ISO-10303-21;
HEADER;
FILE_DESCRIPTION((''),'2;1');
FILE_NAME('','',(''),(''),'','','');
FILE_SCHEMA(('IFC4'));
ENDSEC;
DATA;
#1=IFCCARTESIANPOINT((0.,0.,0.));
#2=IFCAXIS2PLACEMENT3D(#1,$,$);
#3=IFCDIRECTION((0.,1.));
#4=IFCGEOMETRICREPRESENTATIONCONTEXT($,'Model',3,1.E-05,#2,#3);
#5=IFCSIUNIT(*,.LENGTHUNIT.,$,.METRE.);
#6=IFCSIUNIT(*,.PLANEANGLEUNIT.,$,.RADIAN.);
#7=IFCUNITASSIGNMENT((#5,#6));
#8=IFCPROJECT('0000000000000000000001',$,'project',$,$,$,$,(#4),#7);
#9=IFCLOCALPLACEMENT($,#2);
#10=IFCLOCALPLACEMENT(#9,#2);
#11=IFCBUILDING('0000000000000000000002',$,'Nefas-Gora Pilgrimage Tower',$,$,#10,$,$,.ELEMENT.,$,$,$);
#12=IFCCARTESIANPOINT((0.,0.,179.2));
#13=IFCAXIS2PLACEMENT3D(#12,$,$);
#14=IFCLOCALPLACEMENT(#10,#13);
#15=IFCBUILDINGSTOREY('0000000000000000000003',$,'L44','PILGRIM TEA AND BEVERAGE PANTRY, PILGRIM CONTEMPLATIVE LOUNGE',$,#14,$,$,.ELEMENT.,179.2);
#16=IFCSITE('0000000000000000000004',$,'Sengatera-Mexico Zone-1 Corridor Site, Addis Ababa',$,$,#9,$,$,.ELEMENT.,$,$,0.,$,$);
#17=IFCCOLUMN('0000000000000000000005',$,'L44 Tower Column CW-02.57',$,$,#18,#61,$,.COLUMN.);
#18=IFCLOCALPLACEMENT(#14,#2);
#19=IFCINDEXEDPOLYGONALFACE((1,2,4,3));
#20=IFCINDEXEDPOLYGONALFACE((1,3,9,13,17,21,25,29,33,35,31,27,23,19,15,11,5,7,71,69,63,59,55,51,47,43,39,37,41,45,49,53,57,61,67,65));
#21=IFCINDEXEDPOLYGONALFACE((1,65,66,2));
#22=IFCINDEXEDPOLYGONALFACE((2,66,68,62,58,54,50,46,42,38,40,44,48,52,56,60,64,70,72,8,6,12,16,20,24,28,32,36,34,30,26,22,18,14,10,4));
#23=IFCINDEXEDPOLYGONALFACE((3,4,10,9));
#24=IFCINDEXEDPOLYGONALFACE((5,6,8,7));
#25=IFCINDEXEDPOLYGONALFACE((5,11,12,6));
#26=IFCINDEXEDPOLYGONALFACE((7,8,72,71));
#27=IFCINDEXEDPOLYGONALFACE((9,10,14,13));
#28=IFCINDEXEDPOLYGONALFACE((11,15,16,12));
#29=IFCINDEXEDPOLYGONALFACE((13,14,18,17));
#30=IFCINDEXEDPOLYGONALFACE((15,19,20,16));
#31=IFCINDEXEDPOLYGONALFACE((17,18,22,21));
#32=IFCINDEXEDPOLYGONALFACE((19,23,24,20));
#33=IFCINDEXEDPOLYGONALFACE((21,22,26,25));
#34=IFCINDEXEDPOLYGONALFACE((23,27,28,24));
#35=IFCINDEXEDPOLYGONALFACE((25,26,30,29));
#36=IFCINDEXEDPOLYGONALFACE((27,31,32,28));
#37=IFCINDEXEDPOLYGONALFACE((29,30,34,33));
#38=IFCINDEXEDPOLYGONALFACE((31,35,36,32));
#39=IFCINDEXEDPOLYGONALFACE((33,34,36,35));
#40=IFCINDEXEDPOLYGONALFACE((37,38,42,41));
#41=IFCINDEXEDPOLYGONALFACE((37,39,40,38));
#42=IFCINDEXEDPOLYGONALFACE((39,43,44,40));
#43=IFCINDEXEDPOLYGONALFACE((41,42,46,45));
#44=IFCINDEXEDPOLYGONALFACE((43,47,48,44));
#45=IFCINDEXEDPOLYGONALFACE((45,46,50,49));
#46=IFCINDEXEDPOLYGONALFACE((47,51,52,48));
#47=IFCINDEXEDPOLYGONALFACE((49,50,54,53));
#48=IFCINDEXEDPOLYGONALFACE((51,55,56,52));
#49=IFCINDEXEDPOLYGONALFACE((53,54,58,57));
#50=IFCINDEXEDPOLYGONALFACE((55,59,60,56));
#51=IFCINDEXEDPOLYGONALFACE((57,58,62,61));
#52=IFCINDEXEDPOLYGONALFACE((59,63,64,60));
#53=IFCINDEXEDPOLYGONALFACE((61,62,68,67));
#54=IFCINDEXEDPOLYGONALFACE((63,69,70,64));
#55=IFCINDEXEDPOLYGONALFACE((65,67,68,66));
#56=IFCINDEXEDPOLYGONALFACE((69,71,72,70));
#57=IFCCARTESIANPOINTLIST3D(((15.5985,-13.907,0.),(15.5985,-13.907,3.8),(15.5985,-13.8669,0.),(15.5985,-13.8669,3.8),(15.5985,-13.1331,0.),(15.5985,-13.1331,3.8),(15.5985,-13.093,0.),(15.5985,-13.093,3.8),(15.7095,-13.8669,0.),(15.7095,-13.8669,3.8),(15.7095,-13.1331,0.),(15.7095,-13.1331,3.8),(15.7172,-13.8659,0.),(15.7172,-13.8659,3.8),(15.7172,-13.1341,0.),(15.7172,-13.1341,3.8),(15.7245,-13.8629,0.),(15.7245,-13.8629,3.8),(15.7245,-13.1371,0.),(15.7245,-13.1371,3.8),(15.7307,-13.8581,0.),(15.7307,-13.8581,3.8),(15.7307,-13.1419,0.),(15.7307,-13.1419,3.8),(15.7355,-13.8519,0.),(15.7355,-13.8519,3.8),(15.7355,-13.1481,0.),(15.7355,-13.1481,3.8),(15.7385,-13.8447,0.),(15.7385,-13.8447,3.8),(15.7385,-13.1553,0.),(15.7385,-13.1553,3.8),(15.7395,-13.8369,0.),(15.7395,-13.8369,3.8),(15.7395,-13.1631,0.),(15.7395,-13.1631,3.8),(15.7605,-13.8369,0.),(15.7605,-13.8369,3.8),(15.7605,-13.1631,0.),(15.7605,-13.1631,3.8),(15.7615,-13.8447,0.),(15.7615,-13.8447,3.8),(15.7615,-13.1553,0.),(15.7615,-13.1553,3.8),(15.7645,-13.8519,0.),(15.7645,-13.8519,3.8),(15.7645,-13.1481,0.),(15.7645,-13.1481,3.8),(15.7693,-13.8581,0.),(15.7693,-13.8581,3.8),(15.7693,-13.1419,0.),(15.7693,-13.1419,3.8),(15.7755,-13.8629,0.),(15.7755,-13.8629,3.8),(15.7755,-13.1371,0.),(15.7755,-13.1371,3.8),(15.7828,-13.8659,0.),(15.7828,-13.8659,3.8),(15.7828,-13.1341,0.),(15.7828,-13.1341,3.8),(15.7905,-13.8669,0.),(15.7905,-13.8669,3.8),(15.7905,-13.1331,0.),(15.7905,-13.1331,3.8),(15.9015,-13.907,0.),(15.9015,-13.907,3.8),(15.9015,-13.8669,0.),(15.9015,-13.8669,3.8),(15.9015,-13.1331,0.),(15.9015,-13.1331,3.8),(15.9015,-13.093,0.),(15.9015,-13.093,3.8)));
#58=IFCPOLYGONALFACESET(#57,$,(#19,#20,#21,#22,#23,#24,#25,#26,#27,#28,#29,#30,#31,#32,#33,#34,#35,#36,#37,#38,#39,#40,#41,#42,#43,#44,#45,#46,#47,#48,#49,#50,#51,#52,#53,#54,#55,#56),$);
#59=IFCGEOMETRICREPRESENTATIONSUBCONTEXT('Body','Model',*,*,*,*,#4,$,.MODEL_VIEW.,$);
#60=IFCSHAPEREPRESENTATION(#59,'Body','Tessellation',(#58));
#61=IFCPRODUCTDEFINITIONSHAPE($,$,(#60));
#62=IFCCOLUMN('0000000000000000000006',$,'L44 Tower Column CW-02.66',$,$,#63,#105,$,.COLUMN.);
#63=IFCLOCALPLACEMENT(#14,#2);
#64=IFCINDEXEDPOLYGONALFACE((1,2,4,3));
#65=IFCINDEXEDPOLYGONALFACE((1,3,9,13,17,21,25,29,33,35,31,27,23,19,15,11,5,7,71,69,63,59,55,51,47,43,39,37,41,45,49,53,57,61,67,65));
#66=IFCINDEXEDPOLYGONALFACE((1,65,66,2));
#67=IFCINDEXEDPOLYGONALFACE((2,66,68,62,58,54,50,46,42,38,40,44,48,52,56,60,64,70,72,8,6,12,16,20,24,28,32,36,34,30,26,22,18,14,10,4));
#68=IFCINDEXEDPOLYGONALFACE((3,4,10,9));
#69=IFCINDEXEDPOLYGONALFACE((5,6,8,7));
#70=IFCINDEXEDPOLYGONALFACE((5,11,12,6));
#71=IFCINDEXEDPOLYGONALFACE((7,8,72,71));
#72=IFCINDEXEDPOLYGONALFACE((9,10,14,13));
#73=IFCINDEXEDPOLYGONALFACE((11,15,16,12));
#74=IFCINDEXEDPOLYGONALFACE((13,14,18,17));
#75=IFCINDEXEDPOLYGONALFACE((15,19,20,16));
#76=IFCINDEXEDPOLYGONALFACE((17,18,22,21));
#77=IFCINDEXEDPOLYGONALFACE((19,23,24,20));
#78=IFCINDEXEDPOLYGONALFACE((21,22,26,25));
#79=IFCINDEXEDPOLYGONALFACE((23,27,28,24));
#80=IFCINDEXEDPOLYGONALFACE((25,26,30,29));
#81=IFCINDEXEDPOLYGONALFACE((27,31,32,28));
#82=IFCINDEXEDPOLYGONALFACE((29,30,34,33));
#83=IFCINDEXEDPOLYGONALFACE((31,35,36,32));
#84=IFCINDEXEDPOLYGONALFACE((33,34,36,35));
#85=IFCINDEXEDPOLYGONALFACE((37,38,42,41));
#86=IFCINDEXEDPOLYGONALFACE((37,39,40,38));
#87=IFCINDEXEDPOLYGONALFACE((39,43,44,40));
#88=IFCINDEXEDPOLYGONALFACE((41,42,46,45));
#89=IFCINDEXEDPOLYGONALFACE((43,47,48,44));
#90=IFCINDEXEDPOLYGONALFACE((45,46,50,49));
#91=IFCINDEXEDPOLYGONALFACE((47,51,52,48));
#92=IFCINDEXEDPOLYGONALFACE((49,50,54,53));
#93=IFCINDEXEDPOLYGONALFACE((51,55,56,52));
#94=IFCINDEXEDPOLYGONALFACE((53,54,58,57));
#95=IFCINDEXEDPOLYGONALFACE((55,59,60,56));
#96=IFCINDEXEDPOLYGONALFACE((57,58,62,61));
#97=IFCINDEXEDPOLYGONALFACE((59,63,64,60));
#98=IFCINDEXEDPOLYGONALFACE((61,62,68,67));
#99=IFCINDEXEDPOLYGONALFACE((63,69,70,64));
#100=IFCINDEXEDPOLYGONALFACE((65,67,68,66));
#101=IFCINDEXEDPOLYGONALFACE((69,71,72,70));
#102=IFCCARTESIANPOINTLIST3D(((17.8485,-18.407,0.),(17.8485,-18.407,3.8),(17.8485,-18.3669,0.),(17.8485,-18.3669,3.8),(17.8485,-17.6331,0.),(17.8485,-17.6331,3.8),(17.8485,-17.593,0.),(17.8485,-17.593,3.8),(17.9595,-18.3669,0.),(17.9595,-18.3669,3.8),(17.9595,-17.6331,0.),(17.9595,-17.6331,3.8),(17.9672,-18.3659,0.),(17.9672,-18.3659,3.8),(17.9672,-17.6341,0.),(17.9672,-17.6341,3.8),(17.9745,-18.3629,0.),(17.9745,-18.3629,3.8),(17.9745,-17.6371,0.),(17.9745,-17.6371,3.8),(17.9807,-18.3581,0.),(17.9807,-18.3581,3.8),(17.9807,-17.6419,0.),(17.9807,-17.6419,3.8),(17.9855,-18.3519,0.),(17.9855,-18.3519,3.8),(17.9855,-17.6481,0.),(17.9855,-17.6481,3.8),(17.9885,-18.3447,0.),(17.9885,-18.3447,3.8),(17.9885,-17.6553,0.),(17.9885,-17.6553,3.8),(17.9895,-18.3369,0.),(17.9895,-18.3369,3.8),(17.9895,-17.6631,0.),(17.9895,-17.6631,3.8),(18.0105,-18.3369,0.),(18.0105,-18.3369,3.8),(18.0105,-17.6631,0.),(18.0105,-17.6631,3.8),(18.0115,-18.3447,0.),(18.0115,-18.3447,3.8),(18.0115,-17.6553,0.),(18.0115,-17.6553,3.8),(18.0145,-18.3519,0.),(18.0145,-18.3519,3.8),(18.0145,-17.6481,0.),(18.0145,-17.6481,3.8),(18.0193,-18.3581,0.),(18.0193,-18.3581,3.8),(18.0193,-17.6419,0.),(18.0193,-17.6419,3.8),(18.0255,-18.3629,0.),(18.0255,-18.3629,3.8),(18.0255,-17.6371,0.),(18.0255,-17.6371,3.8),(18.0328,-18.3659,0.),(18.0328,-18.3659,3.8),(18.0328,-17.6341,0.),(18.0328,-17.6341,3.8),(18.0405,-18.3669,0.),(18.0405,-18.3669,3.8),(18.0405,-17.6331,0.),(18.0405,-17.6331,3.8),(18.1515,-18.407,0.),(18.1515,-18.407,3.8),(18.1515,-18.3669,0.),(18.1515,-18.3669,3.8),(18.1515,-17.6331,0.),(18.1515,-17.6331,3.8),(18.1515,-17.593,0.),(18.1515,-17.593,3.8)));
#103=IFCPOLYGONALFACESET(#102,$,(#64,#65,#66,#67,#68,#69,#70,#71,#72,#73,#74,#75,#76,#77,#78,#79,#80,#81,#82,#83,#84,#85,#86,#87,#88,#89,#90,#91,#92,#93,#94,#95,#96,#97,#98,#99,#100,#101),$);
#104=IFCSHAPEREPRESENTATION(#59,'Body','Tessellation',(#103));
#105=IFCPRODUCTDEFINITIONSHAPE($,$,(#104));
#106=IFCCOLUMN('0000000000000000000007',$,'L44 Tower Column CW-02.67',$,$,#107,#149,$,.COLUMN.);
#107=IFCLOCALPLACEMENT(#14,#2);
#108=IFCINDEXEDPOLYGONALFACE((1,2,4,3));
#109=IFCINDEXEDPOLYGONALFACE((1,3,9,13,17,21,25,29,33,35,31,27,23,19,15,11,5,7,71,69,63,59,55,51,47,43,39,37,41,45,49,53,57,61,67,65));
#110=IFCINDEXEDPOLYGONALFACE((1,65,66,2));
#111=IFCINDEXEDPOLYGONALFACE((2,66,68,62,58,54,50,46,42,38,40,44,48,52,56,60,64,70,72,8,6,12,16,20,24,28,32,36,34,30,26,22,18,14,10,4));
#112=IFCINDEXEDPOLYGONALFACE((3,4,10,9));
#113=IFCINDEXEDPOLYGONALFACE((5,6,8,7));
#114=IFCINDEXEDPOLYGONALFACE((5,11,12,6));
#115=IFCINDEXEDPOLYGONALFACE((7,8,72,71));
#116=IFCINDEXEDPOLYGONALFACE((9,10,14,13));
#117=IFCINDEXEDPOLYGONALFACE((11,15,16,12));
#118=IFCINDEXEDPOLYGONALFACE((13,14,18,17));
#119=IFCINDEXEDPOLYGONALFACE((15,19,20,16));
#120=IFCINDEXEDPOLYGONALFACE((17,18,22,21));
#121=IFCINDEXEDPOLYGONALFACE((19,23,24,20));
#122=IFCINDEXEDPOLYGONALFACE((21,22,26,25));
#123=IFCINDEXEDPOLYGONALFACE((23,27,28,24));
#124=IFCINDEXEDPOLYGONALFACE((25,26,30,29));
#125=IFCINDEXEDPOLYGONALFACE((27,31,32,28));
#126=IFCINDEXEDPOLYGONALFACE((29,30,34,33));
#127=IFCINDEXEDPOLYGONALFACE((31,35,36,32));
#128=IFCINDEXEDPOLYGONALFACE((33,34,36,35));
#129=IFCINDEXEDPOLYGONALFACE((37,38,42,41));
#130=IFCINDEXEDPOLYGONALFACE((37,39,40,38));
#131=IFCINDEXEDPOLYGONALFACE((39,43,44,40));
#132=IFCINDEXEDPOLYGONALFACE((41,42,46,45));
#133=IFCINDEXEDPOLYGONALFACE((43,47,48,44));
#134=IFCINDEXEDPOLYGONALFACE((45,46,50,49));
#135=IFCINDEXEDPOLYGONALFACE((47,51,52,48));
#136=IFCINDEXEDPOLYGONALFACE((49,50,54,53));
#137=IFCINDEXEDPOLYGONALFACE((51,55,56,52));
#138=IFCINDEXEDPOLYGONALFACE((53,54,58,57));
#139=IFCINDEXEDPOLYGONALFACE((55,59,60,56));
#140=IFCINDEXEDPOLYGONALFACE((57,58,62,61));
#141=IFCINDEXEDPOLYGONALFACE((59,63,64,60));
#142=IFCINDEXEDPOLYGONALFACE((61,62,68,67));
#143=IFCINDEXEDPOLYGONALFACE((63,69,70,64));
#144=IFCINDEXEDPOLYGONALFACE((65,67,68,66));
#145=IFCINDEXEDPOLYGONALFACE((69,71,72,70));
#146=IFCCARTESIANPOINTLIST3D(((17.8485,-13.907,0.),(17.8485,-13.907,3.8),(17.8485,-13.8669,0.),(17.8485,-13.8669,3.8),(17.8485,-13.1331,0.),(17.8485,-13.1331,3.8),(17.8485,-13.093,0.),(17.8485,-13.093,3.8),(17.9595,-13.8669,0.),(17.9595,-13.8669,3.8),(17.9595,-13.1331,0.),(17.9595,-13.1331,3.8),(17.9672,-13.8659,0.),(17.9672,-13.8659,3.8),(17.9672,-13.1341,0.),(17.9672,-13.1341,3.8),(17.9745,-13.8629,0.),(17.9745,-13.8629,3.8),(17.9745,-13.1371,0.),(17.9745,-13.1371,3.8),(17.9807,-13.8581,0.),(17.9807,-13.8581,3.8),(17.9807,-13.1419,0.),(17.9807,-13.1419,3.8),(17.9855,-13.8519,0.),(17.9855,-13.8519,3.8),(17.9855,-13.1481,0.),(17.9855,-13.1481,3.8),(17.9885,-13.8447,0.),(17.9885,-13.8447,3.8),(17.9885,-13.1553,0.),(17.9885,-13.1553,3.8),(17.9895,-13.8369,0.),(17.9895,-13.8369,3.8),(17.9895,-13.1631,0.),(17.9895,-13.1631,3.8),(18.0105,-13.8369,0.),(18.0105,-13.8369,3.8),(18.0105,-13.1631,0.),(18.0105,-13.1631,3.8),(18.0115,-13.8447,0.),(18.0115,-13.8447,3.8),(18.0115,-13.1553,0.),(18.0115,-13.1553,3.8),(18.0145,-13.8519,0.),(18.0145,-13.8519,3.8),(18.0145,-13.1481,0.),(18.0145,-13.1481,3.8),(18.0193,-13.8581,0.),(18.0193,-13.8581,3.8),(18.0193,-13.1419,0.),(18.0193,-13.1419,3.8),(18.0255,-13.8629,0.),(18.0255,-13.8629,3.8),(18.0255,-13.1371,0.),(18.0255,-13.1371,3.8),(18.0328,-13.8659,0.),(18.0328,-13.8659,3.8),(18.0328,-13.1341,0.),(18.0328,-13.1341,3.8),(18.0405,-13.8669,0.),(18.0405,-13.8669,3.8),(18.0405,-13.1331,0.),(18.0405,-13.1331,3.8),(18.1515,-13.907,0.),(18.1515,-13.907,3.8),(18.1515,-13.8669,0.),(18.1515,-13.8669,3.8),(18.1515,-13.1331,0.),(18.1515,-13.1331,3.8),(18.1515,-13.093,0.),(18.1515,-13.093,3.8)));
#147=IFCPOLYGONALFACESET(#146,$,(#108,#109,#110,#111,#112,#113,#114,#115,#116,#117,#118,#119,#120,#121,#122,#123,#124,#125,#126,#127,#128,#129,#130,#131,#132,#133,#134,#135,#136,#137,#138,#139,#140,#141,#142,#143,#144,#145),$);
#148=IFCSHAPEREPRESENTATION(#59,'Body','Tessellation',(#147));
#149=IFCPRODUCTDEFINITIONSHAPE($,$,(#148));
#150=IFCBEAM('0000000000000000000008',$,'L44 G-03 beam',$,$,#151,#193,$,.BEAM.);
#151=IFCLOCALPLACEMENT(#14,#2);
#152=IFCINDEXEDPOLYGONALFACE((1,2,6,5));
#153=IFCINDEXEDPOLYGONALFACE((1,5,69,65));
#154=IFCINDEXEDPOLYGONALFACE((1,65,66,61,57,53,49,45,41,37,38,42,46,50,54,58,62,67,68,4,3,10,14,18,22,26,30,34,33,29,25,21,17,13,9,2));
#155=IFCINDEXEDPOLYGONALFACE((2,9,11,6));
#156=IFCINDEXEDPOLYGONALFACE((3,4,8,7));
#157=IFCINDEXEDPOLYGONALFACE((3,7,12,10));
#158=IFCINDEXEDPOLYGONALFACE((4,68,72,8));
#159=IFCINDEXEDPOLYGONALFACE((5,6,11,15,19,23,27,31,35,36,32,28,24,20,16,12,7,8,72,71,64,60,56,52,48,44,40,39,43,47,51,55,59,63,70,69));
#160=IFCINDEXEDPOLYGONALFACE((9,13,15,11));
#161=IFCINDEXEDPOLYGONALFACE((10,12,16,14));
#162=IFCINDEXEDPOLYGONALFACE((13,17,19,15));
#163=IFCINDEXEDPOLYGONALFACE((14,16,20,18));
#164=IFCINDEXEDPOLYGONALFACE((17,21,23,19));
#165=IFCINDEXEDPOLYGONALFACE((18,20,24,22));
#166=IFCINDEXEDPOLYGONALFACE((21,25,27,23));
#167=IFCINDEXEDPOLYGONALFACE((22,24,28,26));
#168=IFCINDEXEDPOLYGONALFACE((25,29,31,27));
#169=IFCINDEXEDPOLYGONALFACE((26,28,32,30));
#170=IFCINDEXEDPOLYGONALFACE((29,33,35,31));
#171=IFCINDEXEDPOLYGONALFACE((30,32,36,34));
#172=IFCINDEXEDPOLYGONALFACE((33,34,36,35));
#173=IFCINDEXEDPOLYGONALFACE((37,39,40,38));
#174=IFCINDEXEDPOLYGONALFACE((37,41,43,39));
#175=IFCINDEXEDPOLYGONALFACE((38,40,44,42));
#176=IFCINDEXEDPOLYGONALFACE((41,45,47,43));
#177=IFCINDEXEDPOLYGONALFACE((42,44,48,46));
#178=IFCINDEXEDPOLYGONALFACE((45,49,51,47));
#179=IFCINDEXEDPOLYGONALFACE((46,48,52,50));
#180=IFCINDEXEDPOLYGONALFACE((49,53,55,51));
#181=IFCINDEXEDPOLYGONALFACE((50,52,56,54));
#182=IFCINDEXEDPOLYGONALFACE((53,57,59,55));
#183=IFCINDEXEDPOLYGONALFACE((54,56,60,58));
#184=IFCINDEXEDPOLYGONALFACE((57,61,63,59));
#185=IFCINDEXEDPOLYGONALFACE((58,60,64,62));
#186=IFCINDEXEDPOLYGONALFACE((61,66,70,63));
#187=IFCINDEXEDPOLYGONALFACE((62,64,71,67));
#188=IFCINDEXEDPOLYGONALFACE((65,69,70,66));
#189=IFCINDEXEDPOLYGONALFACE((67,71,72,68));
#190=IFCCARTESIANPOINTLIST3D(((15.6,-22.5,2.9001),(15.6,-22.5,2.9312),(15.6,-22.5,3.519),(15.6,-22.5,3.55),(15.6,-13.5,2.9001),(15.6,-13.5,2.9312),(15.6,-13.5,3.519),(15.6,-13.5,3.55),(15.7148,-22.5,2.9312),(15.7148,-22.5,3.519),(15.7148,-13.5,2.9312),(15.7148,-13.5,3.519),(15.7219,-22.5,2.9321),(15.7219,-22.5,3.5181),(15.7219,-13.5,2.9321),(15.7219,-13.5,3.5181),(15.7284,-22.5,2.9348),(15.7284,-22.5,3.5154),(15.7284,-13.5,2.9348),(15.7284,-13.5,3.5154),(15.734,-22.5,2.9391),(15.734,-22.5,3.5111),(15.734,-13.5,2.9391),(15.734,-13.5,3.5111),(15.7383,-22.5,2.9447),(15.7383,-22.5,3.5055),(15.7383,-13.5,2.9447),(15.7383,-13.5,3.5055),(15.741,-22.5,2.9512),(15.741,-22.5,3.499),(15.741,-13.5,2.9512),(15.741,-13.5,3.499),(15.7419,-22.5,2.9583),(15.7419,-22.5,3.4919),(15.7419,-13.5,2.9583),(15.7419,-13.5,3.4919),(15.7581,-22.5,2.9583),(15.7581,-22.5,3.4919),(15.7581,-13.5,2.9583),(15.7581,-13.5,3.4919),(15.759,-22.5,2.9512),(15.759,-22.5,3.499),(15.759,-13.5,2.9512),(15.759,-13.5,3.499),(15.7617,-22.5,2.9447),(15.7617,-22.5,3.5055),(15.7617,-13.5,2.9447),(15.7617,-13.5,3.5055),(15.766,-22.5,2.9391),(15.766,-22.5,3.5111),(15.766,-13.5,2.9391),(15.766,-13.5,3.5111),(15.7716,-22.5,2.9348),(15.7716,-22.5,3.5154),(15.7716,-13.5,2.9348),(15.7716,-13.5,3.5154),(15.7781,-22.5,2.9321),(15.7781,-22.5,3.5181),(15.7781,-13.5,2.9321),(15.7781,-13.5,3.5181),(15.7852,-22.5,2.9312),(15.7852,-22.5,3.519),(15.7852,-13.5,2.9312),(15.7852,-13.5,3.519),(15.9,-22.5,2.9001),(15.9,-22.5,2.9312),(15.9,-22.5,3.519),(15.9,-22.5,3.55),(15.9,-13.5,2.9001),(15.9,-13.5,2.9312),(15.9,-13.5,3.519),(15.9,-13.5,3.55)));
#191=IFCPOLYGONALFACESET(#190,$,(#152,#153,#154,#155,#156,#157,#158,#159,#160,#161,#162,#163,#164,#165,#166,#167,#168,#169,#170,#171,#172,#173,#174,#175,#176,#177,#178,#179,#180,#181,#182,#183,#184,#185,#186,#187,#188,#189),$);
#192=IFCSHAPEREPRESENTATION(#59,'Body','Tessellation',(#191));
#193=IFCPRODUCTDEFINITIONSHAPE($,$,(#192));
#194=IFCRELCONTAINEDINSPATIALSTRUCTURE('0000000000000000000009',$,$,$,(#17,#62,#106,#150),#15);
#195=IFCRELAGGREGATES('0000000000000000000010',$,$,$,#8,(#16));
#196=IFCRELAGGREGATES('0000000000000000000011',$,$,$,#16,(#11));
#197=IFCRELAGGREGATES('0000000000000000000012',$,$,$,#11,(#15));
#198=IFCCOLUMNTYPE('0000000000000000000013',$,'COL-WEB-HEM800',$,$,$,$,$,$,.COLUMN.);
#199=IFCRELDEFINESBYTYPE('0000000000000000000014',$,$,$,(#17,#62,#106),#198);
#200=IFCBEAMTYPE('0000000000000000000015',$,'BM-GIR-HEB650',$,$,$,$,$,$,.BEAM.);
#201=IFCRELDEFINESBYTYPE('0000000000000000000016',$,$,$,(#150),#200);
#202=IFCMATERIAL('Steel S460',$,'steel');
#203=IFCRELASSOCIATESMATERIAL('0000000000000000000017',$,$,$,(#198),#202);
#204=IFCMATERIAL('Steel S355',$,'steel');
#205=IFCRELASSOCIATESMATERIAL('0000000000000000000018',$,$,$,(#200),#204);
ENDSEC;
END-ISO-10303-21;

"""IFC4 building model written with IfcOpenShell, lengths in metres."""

from ifc_helpers import new_model, si_unit, direction, frame, origin, origin_2d, place, context, subcontext, project, spatial, i_section, extrude, source, transform, mapped, material, material_profile, profile_set, type_object, element, save


model = new_model("IFC4")

# Units and contexts
model_context = context("Model", 3, precision=1e-05, world=origin(), true_north=direction((0.0, 1.0)))
body_context = subcontext(model_context, "Body", "Model", "MODEL_VIEW")
ifc_project = project(units=[si_unit("LENGTHUNIT", "METRE"), si_unit("PLANEANGLEUNIT", "RADIAN")], contexts=[model_context])

# Site, building, storey
site_placement = place(None, origin())
site = spatial("IfcSite", under=ifc_project, at=site_placement, Name="Sengatera-Mexico Zone-1 Corridor Site, Addis Ababa", CompositionType="ELEMENT", RefElevation=0.0)
building_placement = place(site_placement, origin())
building = spatial("IfcBuilding", under=site, at=building_placement, Name="Nefas-Gora Pilgrimage Tower", CompositionType="ELEMENT")
storey_placement = place(building_placement, frame((0.0, 0.0, 179.2)))
storey = spatial("IfcBuildingStorey", under=building, at=storey_placement, Name="L44", Description="PILGRIM TEA AND BEVERAGE PANTRY, PILGRIM CONTEMPLATIVE LOUNGE", CompositionType="ELEMENT", Elevation=179.2)

# Columns
ifc_material_1 = material(Name="Steel S460", Category="steel")
ifc_material_profile_1 = material_profile(ifc_material_1, i_section(OverallWidth=0.303, OverallDepth=0.814, WebThickness=0.021, FlangeThickness=0.04, FilletRadius=0.03, at=origin_2d()), Name="HEM 800")
ifc_profile_set_1 = profile_set([ifc_material_profile_1], Name="Steel S460")
column_type_1 = type_object("IfcColumnType", Name="COL-WEB-HEM800", PredefinedType="COLUMN", material=ifc_profile_set_1)
shared_shape_1 = source(origin(), body_context, "Body", "SweptSolid", [
    extrude(i_section(OverallWidth=0.303, OverallDepth=0.814, WebThickness=0.021, FlangeThickness=0.04, FilletRadius=0.03, at=origin_2d()), origin(), (0.0, 0.0, 1.0), 3.8),
])
for number, where, z_axis, x_axis, name in (
    (1, (15.75, -13.5, 0.0), (0.0, 0.0, 1.0), (1.0, 0.0, 0.0), "L44 Tower Column CW-02.57"),
    (2, (18.0, -18.0, 0.0), (0.0, 0.0, 1.0), (1.0, 0.0, 0.0), "L44 Tower Column CW-02.66"),
    (3, (18.0, -13.5, 0.0), (0.0, 0.0, 1.0), (1.0, 0.0, 0.0), "L44 Tower Column CW-02.67"),
):
    element("IfcColumn", number, at=place(storey_placement, frame(where, z_axis=z_axis, x_axis=x_axis)), inside=storey, type_object=column_type_1, Name=name, PredefinedType="COLUMN", context=body_context, shape_type="MappedRepresentation", body=[
        mapped(shared_shape_1, transform((0.0, 0.0, 0.0), x_axis=(1.0, 0.0, 0.0), y_axis=(0.0, 1.0, 0.0), z_axis=(0.0, 0.0, 1.0), scale=1.0)),
    ])

# Beam
ifc_material_2 = material(Name="Steel S355", Category="steel")
ifc_material_profile_2 = material_profile(ifc_material_2, i_section(OverallWidth=0.3, OverallDepth=0.6499, WebThickness=0.0161, FlangeThickness=0.031, FilletRadius=0.0271, at=origin_2d()), Name="HEB 650")
ifc_profile_set_2 = profile_set([ifc_material_profile_2], Name="Steel S355")
beam_type_1 = type_object("IfcBeamType", Name="BM-GIR-HEB650", PredefinedType="BEAM", material=ifc_profile_set_2)
shared_shape_2 = source(origin(), body_context, "Body", "SweptSolid", [
    extrude(i_section(OverallWidth=0.3, OverallDepth=0.6499, WebThickness=0.0161, FlangeThickness=0.031, FilletRadius=0.0271, at=origin_2d()), origin(), (0.0, 0.0, 1.0), 9.0),
])
beam_1_placement = place(storey_placement, frame((15.75, -22.5, 3.2251), z_axis=(0.0, 1.0, 0.0), x_axis=(-1.0, 0.0, 0.0)))
element("IfcBeam", 4, at=beam_1_placement, inside=storey, type_object=beam_type_1, Name="L44 G-03 beam", PredefinedType="BEAM", context=body_context, shape_type="MappedRepresentation", body=[
    mapped(shared_shape_2, transform((0.0, 0.0, 0.0), x_axis=(1.0, 0.0, 0.0), y_axis=(0.0, 1.0, 0.0), z_axis=(0.0, 0.0, 1.0), scale=1.0)),
])

save(model, "model.ifc")
